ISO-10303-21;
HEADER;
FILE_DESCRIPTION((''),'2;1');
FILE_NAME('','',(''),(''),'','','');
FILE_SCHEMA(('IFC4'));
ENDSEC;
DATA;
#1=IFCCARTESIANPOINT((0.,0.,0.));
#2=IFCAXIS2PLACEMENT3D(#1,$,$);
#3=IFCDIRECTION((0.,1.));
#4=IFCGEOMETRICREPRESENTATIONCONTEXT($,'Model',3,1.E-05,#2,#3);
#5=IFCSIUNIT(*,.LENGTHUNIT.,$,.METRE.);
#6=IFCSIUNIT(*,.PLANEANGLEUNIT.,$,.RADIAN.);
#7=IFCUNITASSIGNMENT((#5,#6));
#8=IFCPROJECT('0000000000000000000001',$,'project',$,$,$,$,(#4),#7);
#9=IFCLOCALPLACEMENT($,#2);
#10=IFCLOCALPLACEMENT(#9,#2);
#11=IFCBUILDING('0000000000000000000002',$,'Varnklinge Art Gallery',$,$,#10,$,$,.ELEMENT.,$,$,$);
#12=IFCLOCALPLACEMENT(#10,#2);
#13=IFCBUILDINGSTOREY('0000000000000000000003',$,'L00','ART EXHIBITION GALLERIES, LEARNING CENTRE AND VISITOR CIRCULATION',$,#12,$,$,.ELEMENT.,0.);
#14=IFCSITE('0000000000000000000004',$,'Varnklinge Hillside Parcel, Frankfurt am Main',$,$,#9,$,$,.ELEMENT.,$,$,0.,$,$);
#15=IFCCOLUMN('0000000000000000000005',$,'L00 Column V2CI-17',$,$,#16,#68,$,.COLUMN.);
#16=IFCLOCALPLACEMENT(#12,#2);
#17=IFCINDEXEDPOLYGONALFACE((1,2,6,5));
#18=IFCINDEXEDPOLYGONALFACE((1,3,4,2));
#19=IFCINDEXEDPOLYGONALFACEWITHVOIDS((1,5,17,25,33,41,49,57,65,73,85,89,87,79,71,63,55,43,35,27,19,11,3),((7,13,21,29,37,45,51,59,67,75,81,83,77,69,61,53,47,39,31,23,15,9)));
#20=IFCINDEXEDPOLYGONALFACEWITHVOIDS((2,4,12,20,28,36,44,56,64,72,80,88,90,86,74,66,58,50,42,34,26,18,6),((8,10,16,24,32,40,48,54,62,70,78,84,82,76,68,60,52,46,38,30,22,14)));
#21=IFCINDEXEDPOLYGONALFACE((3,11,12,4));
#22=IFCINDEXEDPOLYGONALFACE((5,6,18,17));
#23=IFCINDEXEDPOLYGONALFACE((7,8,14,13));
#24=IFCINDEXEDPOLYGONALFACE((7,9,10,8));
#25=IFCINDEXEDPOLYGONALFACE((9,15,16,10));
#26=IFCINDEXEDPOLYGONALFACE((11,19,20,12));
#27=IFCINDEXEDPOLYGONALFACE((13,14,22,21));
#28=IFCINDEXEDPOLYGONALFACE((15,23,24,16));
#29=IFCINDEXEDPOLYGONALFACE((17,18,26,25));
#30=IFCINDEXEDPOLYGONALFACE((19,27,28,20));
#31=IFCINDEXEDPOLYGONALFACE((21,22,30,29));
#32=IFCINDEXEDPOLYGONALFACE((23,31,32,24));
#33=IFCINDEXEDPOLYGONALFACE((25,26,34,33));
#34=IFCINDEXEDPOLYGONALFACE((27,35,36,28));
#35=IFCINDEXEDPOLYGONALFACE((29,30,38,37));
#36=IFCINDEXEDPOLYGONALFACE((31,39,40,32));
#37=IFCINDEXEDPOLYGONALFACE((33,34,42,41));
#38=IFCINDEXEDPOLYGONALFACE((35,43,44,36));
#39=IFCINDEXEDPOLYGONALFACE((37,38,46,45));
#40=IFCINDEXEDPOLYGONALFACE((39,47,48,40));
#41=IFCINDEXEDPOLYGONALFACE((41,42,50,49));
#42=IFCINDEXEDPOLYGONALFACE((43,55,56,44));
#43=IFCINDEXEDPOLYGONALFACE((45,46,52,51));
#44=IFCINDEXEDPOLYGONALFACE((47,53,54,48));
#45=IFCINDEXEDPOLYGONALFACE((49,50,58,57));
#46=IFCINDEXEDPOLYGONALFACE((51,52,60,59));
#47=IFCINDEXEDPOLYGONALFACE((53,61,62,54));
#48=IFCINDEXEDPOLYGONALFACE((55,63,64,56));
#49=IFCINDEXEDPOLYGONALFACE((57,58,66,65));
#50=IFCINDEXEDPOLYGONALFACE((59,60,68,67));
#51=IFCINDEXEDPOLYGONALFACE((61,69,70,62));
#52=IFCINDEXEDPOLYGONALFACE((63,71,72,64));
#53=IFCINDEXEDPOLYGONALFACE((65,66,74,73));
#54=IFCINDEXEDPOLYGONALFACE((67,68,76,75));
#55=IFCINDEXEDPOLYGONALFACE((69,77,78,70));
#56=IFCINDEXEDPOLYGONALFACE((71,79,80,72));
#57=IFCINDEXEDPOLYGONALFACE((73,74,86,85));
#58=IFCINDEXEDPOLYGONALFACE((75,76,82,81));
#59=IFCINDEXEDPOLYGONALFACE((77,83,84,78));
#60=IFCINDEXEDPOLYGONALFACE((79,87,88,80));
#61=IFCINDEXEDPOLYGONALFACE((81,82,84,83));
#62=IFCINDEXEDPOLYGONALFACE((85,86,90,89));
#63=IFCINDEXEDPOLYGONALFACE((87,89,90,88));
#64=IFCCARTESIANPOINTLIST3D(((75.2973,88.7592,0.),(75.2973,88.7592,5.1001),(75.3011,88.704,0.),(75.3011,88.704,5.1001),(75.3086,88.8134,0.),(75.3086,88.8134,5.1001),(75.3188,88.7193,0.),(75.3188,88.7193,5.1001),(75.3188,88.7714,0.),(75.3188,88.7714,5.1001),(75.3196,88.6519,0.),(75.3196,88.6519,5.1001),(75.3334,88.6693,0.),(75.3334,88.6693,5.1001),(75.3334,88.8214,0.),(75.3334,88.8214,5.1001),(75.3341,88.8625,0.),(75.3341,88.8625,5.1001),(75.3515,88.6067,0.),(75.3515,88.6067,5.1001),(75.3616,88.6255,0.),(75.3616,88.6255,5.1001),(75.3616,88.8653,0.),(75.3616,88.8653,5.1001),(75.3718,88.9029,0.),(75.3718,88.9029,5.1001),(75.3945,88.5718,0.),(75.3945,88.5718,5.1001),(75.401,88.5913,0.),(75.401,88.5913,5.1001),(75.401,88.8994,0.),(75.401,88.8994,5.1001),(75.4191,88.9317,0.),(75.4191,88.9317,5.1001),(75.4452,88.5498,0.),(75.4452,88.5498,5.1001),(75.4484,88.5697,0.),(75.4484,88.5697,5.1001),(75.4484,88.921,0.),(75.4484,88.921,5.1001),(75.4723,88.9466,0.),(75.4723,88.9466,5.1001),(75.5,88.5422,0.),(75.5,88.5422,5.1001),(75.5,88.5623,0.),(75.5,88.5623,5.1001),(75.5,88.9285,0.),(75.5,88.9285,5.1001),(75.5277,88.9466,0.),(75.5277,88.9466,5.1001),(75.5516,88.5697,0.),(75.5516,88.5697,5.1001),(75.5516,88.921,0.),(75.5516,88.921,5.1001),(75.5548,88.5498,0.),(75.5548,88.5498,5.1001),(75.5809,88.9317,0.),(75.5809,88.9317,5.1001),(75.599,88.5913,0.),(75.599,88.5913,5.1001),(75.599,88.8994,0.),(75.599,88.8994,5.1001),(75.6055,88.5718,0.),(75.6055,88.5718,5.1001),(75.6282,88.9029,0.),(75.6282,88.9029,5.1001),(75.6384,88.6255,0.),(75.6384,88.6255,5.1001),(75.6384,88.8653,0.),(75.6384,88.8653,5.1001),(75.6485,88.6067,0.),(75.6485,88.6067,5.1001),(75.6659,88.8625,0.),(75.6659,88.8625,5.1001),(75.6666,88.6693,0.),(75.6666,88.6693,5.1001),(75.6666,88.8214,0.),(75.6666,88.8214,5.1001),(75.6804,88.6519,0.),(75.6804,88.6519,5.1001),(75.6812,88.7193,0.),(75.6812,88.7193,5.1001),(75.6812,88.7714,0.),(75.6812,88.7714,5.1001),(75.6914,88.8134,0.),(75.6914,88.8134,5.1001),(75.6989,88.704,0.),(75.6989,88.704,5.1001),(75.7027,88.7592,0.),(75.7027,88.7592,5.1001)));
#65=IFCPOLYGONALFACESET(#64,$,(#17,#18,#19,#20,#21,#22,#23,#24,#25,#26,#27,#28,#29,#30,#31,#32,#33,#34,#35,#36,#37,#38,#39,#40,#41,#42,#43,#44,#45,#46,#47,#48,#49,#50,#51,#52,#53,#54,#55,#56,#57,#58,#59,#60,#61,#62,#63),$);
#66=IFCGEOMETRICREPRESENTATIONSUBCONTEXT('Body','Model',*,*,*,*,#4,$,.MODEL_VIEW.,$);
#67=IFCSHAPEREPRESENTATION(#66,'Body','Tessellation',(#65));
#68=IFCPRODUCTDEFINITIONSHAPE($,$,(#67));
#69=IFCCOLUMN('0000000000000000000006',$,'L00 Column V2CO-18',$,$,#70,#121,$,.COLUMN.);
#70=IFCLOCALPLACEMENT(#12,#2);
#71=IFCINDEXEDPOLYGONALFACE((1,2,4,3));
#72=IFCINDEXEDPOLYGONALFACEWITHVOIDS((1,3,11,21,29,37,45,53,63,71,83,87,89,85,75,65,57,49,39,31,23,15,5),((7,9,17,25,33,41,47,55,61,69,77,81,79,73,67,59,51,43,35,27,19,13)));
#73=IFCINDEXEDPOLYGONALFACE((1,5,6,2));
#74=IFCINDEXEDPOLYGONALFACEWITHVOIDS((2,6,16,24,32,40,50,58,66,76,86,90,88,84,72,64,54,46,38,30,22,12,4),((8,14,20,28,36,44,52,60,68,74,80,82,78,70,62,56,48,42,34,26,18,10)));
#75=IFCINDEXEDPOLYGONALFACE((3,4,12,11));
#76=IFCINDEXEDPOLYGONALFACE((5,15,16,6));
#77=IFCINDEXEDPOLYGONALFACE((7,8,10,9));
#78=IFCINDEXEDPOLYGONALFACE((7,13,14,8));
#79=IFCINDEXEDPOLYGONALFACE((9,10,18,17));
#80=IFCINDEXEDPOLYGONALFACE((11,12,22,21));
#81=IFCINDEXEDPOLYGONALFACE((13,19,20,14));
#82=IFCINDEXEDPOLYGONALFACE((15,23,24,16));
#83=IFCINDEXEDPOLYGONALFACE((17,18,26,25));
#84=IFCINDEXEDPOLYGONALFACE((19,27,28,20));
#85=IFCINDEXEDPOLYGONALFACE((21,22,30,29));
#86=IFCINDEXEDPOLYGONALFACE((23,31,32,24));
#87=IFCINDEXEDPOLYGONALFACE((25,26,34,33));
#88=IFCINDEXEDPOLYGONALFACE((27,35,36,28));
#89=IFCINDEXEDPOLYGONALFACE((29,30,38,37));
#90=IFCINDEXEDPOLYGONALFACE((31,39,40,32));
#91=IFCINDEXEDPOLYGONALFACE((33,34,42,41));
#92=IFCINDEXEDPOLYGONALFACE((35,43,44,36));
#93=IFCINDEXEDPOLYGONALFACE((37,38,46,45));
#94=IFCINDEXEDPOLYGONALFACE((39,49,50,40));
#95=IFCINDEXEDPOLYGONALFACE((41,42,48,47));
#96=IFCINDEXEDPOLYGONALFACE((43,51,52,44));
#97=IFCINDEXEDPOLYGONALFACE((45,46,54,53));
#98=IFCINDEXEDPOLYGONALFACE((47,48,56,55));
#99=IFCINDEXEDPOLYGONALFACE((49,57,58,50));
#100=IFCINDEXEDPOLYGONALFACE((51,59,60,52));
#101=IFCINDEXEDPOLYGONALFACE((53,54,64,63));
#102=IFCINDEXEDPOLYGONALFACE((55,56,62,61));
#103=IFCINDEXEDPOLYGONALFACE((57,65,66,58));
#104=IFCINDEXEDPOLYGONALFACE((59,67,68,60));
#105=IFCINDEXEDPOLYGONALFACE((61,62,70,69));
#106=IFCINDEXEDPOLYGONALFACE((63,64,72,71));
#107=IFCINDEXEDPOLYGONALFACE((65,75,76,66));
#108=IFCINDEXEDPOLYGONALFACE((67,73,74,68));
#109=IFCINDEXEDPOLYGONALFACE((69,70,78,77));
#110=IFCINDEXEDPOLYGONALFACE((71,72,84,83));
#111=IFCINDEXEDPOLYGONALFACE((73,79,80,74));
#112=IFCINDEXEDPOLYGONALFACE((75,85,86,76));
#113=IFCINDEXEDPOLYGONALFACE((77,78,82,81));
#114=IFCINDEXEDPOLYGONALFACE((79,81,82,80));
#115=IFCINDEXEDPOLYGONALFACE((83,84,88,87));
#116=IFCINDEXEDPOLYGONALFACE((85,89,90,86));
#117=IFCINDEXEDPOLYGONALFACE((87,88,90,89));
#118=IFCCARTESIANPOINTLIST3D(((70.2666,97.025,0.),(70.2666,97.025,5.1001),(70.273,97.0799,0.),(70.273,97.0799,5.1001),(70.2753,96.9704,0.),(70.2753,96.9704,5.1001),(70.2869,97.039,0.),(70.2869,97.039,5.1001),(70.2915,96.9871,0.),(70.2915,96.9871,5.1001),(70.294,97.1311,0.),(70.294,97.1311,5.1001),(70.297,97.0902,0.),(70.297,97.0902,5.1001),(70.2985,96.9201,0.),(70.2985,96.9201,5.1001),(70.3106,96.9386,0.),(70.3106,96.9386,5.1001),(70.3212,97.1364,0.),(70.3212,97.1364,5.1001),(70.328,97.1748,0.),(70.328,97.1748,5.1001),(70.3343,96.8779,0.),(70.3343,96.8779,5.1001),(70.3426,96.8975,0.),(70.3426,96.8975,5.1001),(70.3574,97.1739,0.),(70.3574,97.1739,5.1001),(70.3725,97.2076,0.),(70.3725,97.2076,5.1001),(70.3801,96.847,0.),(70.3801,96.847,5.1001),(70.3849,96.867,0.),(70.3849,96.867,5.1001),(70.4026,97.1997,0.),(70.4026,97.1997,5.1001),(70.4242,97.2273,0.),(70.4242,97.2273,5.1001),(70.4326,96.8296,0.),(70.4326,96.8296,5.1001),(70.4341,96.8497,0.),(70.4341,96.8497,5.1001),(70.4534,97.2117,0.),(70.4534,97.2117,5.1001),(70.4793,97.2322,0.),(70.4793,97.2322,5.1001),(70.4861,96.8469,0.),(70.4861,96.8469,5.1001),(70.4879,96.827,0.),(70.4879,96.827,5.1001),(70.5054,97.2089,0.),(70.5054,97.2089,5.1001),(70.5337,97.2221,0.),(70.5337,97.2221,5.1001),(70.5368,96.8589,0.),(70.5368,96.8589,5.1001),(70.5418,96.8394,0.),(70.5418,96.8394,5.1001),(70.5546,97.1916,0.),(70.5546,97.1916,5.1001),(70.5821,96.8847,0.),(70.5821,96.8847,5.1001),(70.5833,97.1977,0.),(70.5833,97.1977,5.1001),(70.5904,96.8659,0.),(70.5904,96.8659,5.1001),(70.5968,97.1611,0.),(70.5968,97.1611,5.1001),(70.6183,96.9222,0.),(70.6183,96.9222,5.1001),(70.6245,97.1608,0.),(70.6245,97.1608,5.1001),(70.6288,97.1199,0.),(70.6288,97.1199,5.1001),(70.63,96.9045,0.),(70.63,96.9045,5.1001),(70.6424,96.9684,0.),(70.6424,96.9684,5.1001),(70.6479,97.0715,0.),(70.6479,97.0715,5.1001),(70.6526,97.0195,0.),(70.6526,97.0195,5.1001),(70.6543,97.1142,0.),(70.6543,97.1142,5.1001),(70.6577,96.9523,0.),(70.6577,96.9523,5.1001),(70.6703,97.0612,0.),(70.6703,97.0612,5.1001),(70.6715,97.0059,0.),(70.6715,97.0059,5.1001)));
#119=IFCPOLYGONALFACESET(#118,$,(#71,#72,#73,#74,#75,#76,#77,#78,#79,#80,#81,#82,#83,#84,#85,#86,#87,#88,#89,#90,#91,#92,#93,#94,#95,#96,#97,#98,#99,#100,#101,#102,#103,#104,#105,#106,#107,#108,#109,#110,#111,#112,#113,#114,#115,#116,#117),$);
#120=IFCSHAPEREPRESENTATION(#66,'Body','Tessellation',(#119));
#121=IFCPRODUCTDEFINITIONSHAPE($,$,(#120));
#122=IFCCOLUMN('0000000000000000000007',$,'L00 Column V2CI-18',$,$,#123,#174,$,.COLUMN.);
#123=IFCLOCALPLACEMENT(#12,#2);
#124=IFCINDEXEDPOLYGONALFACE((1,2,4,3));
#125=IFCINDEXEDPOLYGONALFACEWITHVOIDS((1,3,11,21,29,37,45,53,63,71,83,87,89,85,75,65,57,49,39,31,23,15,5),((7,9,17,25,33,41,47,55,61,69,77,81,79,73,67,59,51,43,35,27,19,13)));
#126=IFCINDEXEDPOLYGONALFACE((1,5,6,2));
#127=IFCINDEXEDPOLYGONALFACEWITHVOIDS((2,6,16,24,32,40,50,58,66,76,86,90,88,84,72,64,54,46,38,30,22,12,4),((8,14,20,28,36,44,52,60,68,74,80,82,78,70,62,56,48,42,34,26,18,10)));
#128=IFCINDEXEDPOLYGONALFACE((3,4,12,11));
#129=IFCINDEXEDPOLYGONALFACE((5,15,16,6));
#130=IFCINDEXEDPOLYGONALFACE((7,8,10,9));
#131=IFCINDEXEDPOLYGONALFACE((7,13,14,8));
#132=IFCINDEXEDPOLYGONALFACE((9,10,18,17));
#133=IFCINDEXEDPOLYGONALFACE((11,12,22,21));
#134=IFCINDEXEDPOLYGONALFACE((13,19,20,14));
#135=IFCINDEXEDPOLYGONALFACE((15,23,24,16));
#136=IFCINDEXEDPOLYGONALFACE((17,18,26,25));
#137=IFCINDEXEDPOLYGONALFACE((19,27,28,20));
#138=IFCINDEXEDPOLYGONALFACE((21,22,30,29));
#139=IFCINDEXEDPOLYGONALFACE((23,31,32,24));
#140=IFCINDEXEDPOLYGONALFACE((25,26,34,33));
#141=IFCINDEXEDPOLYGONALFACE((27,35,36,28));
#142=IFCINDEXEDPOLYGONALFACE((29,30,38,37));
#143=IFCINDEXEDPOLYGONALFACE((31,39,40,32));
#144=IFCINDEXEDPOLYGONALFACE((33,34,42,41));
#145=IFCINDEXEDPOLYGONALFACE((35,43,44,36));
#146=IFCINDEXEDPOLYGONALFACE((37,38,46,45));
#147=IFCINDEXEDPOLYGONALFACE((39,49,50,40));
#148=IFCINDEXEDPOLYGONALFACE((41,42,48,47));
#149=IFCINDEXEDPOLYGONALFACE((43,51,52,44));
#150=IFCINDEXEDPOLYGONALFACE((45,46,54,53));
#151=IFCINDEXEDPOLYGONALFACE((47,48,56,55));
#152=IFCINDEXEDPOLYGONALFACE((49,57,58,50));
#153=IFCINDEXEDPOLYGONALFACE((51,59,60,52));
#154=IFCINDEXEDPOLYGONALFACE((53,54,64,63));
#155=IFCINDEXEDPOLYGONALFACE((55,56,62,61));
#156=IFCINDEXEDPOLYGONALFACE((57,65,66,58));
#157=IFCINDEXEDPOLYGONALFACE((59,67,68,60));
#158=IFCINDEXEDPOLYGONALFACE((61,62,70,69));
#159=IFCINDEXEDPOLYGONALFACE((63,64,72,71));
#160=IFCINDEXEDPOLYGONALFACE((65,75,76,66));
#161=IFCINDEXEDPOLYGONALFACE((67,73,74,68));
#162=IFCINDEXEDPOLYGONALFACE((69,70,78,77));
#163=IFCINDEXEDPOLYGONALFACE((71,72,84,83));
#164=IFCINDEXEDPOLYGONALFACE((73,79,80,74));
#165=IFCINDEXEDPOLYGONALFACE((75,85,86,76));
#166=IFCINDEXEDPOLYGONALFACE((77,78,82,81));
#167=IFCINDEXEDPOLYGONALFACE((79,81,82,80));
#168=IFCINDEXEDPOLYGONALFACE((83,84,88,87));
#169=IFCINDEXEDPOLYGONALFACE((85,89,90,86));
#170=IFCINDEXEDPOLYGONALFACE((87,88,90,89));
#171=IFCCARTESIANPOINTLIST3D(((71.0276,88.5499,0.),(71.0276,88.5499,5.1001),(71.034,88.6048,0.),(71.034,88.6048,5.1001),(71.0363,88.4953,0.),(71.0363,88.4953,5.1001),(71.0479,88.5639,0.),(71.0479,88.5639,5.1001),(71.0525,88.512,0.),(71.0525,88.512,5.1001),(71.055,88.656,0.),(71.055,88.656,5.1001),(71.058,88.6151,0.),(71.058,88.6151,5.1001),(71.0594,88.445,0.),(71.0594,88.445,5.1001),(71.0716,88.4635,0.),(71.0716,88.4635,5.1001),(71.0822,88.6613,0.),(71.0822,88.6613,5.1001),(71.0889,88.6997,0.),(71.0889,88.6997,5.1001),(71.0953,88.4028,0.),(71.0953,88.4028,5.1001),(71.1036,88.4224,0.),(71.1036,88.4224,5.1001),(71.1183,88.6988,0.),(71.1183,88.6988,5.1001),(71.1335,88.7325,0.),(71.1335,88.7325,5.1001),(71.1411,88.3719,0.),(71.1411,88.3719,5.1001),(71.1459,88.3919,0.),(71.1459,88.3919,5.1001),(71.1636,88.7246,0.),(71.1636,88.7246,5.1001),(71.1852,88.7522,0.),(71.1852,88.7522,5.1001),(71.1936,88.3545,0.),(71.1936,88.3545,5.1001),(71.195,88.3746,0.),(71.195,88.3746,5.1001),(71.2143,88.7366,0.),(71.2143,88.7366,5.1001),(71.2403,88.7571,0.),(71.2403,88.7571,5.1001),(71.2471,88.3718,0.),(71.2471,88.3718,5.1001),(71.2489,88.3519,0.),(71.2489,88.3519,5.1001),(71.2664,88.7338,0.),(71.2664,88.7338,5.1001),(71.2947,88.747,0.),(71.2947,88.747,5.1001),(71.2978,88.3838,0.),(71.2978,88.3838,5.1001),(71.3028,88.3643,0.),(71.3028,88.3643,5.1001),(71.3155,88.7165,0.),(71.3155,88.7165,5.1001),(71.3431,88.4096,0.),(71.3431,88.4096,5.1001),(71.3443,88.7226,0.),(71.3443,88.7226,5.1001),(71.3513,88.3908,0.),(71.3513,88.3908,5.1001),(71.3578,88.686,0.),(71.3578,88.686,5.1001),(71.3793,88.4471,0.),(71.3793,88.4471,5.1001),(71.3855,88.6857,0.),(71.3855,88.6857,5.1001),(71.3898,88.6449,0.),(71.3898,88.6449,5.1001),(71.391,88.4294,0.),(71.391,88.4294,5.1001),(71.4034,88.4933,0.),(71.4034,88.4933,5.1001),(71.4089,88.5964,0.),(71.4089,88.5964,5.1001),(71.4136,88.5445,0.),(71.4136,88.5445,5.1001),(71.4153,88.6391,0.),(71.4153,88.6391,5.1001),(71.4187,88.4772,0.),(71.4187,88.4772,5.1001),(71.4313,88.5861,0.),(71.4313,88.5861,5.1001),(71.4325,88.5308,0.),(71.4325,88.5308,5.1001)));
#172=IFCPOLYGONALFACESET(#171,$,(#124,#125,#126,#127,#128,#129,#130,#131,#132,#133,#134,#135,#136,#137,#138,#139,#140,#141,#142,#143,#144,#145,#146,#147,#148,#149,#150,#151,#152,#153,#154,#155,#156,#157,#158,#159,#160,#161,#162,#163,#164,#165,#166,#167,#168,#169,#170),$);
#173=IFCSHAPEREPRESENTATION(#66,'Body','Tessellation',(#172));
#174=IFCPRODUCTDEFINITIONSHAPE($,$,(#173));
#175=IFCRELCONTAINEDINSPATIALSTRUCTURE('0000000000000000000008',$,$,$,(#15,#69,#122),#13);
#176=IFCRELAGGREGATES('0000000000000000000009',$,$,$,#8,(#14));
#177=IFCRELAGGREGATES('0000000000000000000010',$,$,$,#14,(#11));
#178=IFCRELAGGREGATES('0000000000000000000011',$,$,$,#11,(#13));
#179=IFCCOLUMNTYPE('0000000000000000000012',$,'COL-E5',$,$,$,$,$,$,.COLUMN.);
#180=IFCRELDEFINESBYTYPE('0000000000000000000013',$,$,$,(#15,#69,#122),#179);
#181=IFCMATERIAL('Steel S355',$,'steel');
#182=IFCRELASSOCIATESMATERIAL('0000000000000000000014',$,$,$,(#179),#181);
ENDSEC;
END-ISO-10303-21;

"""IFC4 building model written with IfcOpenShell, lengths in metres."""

from ifc_helpers import new_model, si_unit, direction, frame, origin, origin_2d, place, context, subcontext, project, spatial, hollow_circle, extrude, material, material_profile, profile_set, type_object, element, save


model = new_model("IFC4")

# Units and contexts
model_context = context("Model", 3, precision=1e-05, world=origin(), true_north=direction((0.0, 1.0)))
body_context = subcontext(model_context, "Body", "Model", "MODEL_VIEW")
ifc_project = project(units=[si_unit("LENGTHUNIT", "METRE"), si_unit("PLANEANGLEUNIT", "RADIAN")], contexts=[model_context])

# Site, building, storey
site_placement = place(None, origin())
site = spatial("IfcSite", under=ifc_project, at=site_placement, Name="Varnklinge Hillside Parcel, Frankfurt am Main", CompositionType="ELEMENT", RefElevation=0.0)
building_placement = place(site_placement, origin())
building = spatial("IfcBuilding", under=site, at=building_placement, Name="Varnklinge Art Gallery", CompositionType="ELEMENT")
storey_placement = place(building_placement, origin())
storey = spatial("IfcBuildingStorey", under=building, at=storey_placement, Name="L00", Description="ART EXHIBITION GALLERIES, LEARNING CENTRE AND VISITOR CIRCULATION", CompositionType="ELEMENT", Elevation=0.0)

# Columns
ifc_material_1 = material(Name="Steel S355", Category="steel")
ifc_material_profile_1 = material_profile(ifc_material_1, hollow_circle(Radius=0.2031, WallThickness=0.02, at=origin_2d()), Name="CHS 406.4x20")
ifc_profile_set_1 = profile_set([ifc_material_profile_1], Name="Steel S355")
column_type = type_object("IfcColumnType", Name="COL-E5", PredefinedType="COLUMN", material=ifc_profile_set_1)
for number, where, z_axis, x_axis, name in (
    (1, (75.5, 88.7454, 0.0), (0.0, 0.0, 1.0), (0.0, -1.0, 0.0), "L00 Column V2CI-17"),
    (2, (70.4697, 97.0293, 0.0), (0.0, 0.0, 1.0), (0.089416, -0.995994, 0.0), "L00 Column V2CO-18"),
    (3, (71.2307, 88.5542, 0.0), (0.0, 0.0, 1.0), (0.089416, -0.995994, 0.0), "L00 Column V2CI-18"),
):
    element("IfcColumn", number, at=place(storey_placement, frame(where, z_axis=z_axis, x_axis=x_axis)), inside=storey, type_object=column_type, Name=name, PredefinedType="COLUMN", context=body_context, shape_type="SweptSolid", body=[
        extrude(hollow_circle(Radius=0.2031, WallThickness=0.02, at=origin_2d()), origin(), (0.0, 0.0, 1.0), 5.1001),
    ])

save(model, "model.ifc")
